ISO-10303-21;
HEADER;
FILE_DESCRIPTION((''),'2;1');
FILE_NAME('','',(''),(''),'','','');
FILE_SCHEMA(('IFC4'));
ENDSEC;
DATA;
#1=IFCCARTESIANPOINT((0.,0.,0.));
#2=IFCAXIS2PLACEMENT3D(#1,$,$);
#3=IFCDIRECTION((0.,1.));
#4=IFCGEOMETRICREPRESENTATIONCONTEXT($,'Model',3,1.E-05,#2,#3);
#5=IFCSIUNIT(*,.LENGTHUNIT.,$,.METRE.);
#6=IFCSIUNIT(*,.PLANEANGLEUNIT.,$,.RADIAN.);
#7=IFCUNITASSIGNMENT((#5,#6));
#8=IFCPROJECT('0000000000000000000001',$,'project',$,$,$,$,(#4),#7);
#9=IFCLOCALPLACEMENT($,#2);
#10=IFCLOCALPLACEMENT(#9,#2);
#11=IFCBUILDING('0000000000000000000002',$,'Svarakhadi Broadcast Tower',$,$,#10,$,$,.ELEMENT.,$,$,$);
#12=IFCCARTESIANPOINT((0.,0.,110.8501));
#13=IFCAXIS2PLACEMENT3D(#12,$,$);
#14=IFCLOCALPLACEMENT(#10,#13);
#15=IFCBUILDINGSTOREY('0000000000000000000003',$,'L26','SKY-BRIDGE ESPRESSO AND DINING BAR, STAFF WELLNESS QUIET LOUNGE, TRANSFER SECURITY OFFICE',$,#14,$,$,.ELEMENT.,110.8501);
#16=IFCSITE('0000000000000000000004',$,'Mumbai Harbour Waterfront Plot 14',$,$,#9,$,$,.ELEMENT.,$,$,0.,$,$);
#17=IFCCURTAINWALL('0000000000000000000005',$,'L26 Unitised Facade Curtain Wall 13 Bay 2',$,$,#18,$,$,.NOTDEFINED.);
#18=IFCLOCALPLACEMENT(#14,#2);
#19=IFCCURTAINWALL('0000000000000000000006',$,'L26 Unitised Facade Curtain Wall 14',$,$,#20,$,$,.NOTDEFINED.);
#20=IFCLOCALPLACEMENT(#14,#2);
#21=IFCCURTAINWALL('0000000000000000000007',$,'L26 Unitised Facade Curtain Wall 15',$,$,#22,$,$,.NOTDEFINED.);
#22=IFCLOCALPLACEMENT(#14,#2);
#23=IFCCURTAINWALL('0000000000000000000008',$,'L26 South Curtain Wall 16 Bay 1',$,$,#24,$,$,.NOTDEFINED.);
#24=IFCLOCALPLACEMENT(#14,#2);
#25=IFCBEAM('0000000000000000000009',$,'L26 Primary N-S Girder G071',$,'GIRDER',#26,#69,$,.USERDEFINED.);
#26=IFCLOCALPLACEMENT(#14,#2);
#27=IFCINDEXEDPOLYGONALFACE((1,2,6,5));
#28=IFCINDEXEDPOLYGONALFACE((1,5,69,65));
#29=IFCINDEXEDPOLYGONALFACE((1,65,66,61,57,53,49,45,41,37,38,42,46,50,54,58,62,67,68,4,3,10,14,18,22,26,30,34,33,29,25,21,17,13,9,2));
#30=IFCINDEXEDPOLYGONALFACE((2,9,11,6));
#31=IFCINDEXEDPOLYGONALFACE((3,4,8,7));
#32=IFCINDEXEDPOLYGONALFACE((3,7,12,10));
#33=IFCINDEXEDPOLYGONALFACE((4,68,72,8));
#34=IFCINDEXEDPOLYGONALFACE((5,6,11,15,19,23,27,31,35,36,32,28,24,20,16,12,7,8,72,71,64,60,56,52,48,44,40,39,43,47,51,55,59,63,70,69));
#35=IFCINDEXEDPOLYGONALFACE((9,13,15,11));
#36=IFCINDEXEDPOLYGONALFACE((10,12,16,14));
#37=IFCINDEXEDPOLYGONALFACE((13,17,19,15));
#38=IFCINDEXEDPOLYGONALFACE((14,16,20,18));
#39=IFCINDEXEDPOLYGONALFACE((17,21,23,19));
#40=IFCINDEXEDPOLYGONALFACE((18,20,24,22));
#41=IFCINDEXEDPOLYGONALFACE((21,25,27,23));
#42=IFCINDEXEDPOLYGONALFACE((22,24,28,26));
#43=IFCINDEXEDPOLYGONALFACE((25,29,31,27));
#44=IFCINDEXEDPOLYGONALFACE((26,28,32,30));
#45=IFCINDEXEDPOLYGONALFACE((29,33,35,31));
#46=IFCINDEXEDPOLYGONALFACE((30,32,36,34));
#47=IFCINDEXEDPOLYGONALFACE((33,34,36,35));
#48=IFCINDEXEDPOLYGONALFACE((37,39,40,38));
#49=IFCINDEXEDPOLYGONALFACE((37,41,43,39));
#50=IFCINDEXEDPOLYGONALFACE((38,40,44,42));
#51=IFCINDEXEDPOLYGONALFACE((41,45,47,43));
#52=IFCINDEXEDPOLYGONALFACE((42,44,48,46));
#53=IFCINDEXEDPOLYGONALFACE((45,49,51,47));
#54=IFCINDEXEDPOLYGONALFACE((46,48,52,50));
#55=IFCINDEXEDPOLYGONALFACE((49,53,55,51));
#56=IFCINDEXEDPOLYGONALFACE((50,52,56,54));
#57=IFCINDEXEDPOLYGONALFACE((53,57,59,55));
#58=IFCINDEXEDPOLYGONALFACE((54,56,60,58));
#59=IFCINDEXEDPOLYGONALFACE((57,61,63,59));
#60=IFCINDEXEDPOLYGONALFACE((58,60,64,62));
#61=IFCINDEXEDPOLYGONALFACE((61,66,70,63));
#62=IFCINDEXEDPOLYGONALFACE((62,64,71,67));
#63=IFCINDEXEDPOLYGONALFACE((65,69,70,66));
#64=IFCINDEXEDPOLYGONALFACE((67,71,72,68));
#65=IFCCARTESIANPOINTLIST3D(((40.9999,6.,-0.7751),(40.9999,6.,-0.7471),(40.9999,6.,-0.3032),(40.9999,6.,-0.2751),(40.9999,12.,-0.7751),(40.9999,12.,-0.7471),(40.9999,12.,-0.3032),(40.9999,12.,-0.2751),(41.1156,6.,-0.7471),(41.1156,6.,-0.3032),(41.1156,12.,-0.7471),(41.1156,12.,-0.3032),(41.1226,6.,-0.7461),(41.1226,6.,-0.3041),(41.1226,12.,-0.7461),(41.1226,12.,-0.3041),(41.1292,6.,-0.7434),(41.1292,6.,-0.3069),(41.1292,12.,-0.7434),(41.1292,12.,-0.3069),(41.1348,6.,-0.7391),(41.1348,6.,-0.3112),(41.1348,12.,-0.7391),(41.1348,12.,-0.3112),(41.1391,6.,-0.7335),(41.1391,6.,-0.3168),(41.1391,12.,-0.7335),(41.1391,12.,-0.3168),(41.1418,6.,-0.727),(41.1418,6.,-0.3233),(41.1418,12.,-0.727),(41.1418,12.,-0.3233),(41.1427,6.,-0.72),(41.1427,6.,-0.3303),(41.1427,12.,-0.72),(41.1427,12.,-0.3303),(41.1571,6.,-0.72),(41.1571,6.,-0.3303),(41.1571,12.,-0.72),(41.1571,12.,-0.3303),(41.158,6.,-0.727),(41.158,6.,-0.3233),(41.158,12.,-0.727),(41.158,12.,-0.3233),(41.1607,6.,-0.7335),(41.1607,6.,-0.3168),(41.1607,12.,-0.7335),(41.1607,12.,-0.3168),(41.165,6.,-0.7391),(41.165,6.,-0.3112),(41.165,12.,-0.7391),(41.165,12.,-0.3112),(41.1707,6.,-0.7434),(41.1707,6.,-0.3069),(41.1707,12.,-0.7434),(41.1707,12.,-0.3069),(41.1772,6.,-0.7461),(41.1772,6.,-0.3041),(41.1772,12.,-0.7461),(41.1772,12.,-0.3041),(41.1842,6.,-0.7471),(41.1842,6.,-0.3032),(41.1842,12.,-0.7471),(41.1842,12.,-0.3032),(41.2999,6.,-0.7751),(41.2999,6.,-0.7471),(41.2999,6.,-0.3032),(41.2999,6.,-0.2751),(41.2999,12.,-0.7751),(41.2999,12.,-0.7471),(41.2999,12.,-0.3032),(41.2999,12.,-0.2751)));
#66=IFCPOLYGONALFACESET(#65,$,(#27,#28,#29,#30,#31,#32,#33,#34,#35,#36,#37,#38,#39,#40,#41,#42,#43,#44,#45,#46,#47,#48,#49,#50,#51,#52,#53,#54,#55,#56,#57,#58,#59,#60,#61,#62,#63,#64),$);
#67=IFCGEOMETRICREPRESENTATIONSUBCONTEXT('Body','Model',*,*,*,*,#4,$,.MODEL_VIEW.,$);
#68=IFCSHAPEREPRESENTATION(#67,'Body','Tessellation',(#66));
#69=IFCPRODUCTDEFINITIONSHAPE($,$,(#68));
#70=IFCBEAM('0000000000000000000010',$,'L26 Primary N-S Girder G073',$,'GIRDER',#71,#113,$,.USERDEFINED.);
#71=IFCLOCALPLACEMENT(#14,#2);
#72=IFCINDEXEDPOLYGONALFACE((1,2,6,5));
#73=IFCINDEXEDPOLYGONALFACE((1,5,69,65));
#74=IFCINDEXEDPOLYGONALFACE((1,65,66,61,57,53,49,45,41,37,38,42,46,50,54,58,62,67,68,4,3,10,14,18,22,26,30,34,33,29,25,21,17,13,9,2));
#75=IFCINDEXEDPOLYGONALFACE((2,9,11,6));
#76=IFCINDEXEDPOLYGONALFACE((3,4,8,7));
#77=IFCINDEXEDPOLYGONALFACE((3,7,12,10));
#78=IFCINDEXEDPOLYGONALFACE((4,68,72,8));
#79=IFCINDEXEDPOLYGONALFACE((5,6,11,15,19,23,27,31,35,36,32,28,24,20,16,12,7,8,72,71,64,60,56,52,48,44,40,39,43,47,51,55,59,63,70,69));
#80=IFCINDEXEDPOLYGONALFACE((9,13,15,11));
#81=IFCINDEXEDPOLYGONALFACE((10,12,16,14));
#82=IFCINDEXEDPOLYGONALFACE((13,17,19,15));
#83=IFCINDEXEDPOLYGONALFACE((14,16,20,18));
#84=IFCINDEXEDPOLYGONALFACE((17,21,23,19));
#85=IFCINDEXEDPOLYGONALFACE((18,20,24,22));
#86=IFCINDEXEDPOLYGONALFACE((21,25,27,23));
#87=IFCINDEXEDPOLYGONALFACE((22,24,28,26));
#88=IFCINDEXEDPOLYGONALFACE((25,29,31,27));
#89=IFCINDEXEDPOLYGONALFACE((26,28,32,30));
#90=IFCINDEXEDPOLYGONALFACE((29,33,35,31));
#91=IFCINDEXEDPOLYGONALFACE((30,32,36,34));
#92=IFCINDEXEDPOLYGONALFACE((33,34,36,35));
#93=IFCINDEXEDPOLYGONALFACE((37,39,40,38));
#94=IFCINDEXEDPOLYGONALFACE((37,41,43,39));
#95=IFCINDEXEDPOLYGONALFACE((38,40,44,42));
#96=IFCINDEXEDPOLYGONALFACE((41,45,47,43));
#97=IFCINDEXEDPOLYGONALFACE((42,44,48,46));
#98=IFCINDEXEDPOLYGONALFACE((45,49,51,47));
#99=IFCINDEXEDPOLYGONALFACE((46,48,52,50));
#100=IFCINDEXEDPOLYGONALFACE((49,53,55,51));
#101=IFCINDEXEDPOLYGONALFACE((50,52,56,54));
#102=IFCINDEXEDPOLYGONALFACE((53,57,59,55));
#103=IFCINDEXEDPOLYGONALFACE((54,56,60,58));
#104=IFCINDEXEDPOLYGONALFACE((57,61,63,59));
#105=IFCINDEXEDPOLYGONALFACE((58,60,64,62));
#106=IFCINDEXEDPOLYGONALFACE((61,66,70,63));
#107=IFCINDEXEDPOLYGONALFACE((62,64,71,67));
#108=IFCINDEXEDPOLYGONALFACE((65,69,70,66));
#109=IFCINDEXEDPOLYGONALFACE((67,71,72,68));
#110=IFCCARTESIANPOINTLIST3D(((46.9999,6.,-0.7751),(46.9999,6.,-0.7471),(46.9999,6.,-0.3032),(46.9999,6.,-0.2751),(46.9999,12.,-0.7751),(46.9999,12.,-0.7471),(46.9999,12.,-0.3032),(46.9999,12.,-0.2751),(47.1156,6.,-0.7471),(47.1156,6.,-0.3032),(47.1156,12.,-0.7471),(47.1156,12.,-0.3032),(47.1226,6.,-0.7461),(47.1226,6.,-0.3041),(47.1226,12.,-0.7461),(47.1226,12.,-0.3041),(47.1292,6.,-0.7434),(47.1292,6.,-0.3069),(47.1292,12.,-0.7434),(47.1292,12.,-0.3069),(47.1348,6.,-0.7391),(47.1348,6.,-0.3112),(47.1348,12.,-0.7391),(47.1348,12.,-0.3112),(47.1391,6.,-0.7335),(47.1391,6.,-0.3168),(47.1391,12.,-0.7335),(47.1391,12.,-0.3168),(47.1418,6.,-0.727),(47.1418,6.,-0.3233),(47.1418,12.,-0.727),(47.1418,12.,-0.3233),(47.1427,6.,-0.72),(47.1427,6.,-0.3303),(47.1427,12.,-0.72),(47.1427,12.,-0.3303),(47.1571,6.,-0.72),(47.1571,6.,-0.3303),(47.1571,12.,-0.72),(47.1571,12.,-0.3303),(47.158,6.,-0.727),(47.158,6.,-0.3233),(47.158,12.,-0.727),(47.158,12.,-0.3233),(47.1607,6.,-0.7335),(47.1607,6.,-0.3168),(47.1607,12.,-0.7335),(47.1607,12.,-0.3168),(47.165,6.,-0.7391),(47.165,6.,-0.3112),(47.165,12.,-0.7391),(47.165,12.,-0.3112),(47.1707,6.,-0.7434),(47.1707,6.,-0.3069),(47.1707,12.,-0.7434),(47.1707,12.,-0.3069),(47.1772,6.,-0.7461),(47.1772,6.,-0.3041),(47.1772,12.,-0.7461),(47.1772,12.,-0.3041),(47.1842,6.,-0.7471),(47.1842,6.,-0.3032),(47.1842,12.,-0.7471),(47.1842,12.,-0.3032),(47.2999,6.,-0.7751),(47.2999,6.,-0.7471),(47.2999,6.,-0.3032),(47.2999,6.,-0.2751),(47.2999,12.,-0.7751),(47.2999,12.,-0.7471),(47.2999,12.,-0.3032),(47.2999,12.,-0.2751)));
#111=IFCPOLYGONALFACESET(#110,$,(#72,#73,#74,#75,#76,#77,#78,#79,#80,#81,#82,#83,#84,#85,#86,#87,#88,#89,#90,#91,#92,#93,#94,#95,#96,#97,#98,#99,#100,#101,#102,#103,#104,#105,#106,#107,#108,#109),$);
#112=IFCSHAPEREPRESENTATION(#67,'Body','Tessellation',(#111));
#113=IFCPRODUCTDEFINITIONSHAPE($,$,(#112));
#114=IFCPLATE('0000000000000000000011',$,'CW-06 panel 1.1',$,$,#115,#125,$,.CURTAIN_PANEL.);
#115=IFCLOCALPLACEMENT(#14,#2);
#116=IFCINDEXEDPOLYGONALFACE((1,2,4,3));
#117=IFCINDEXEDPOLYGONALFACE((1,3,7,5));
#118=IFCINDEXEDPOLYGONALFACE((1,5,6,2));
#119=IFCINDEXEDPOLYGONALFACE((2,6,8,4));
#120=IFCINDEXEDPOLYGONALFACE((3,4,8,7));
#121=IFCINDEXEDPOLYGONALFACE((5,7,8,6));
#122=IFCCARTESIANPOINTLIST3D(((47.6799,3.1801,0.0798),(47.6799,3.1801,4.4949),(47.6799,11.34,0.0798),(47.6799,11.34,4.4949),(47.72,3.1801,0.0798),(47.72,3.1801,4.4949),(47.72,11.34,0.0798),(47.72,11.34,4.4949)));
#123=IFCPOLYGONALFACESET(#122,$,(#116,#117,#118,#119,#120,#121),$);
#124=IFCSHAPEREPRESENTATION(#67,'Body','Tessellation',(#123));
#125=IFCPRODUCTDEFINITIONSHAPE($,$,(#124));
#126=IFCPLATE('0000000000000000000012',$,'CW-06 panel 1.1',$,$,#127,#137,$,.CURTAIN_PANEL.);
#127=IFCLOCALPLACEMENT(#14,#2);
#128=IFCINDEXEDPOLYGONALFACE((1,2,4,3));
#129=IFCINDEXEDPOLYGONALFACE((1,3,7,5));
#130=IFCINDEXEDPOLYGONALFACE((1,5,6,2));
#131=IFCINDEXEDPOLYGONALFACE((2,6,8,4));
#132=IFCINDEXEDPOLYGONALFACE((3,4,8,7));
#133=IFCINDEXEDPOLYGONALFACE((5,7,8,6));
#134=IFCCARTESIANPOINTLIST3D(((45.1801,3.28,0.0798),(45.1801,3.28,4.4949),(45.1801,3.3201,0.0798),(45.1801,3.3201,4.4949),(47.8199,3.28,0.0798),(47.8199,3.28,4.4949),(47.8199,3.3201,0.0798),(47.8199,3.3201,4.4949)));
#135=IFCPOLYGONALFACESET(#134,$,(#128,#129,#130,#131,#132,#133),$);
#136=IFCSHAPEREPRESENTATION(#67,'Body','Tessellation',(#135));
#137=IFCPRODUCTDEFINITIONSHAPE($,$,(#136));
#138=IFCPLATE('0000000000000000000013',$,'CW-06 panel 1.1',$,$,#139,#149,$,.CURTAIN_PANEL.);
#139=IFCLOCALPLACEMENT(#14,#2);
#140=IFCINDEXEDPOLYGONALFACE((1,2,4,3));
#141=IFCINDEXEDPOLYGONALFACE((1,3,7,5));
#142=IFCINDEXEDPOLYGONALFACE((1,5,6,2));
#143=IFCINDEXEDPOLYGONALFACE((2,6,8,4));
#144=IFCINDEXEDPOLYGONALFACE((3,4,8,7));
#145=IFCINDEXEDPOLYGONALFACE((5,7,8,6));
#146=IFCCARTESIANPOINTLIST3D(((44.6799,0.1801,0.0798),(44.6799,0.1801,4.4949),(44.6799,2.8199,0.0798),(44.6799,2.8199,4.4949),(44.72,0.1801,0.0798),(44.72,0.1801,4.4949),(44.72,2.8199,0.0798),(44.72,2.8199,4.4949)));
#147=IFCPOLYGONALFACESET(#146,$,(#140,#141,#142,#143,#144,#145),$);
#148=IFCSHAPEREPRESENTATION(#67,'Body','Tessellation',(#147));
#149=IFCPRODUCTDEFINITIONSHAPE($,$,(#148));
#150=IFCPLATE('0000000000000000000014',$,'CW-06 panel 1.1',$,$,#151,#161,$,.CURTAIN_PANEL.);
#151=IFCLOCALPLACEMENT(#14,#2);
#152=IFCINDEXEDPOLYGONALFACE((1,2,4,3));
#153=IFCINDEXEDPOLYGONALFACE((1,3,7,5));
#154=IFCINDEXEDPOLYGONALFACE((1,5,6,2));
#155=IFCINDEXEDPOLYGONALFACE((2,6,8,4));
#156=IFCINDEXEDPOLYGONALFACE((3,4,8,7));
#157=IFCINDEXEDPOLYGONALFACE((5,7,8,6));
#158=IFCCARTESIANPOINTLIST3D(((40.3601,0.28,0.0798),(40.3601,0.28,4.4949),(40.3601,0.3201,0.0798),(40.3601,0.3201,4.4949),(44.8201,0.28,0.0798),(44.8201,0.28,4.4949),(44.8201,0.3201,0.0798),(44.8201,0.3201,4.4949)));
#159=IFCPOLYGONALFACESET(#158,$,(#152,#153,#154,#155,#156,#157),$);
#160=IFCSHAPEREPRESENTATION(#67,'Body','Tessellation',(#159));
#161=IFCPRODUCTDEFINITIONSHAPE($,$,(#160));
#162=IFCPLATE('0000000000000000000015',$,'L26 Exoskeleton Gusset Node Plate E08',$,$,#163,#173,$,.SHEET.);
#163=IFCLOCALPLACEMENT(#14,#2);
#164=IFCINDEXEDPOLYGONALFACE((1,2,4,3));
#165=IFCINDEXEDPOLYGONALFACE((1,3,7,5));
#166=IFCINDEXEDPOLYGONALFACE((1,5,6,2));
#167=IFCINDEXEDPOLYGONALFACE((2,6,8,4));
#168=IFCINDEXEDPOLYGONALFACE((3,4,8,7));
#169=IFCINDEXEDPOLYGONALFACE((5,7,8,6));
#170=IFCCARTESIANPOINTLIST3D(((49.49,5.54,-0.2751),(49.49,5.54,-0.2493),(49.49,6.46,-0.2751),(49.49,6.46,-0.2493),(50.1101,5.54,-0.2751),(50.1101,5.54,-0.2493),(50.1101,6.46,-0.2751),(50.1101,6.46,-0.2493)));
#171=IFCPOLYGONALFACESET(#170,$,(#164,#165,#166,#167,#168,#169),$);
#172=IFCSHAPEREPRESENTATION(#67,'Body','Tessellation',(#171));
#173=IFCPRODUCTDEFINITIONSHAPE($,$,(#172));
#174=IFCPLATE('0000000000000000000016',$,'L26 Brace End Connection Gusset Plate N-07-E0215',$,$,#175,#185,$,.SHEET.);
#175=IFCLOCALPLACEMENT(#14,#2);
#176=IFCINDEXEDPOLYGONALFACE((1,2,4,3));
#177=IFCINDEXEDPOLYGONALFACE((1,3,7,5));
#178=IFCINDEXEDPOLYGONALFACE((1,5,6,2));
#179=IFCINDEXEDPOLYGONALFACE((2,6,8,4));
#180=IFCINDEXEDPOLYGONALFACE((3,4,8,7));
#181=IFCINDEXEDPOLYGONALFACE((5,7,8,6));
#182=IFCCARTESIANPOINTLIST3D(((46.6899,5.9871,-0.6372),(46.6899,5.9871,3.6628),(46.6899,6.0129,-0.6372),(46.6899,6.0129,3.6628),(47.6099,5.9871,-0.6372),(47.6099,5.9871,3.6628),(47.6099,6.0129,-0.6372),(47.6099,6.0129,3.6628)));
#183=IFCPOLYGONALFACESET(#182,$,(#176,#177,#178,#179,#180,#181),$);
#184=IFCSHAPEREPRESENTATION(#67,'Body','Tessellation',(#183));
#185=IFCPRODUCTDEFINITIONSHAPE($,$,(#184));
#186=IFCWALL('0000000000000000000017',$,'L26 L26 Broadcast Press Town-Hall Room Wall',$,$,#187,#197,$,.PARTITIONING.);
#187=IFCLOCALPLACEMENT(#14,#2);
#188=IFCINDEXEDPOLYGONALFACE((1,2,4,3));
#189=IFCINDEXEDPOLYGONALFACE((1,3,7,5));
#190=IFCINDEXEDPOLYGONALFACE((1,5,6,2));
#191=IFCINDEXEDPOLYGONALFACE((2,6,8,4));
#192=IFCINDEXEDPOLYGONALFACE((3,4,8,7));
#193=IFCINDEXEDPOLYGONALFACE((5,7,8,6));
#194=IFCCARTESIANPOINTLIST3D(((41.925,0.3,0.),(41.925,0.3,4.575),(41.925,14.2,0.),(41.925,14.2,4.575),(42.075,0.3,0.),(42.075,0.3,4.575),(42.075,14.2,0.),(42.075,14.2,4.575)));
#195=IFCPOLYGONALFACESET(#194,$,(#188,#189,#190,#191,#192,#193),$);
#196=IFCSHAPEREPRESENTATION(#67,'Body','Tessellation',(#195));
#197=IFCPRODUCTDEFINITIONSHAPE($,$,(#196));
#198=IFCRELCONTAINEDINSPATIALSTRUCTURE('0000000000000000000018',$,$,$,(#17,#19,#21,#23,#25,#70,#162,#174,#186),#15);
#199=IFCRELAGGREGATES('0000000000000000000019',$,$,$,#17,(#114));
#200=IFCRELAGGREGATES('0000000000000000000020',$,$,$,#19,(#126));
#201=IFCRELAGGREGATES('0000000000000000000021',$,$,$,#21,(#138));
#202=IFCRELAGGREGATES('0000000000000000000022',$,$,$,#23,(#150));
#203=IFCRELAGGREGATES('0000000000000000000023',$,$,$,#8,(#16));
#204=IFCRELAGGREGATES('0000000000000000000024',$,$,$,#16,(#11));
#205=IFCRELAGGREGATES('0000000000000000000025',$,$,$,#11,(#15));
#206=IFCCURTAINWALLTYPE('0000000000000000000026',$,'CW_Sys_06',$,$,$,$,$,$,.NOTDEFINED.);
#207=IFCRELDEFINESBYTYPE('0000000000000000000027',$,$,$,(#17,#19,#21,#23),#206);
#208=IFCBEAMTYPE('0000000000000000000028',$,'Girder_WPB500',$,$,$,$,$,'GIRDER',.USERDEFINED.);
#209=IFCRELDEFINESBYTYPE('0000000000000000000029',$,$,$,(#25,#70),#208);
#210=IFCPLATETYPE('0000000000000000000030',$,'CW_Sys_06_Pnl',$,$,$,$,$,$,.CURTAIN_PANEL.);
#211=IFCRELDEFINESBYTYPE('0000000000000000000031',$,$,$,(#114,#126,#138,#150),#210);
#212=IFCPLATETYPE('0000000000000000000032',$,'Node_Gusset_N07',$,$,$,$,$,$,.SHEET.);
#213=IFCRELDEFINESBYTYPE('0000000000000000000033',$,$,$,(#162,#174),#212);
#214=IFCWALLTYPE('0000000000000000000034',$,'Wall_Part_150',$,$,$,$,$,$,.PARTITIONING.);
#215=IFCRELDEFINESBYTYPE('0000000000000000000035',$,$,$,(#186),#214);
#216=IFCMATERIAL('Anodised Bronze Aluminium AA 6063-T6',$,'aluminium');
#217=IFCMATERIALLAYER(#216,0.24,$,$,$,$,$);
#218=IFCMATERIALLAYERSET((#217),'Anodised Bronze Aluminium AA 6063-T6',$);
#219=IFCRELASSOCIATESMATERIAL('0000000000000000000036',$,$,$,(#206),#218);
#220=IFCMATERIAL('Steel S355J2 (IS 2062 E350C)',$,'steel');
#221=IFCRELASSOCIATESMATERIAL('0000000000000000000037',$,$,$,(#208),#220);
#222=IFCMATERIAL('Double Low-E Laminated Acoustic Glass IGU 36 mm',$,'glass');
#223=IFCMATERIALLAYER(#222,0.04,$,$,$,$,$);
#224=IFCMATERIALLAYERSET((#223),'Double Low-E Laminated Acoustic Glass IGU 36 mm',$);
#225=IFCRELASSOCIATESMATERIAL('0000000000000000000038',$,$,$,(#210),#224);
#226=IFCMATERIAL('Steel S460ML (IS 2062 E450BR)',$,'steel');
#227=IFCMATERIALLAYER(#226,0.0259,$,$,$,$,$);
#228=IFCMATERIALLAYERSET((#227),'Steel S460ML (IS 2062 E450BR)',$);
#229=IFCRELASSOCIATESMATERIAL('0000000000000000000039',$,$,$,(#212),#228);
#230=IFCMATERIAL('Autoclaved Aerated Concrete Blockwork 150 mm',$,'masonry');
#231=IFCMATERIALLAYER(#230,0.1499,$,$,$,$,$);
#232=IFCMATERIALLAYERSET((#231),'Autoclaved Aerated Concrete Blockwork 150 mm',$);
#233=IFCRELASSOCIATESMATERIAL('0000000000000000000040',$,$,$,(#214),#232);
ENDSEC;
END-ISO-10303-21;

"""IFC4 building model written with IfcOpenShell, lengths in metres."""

from ifc_helpers import new_model, si_unit, direction, frame, frame_2d, origin, origin_2d, place, context, subcontext, project, spatial, rectangle, i_section, extrude, material, layer, layer_set, material_profile, profile_set, type_object, element, aggregate, save


model = new_model("IFC4")

# Units and contexts
model_context = context("Model", 3, precision=1e-05, world=origin(), true_north=direction((0.0, 1.0)))
body_context = subcontext(model_context, "Body", "Model", "MODEL_VIEW")
ifc_project = project(units=[si_unit("LENGTHUNIT", "METRE"), si_unit("PLANEANGLEUNIT", "RADIAN")], contexts=[model_context])

# Site, building, storey
site_placement = place(None, origin())
site = spatial("IfcSite", under=ifc_project, at=site_placement, Name="Mumbai Harbour Waterfront Plot 14", CompositionType="ELEMENT", RefElevation=0.0)
building_placement = place(site_placement, origin())
building = spatial("IfcBuilding", under=site, at=building_placement, Name="Svarakhadi Broadcast Tower", CompositionType="ELEMENT")
storey_placement = place(building_placement, frame((0.0, 0.0, 110.8501)))
storey = spatial("IfcBuildingStorey", under=building, at=storey_placement, Name="L26", Description="SKY-BRIDGE ESPRESSO AND DINING BAR, STAFF WELLNESS QUIET LOUNGE, TRANSFER SECURITY OFFICE", CompositionType="ELEMENT", Elevation=110.8501)

# Shared definitions
ifc_material_1 = material(Name="Steel S460ML (IS 2062 E450BR)", Category="steel")

# Shared definitions
ifc_material_2 = material(Name="Steel S355J2 (IS 2062 E350C)", Category="steel")

# Curtain walls
ifc_material_3 = material(Name="Anodised Bronze Aluminium AA 6063-T6", Category="aluminium")
ifc_layer_1 = layer(ifc_material_3, 0.24)
ifc_layer_set_1 = layer_set([ifc_layer_1], Name="Anodised Bronze Aluminium AA 6063-T6")
curtain_wall_type = type_object("IfcCurtainWallType", Name="CW_Sys_06", PredefinedType="NOTDEFINED", material=ifc_layer_set_1)
curtain_wall_1_placement = place(storey_placement, origin())
curtain_wall_1 = element("IfcCurtainWall", 1, at=curtain_wall_1_placement, inside=storey, type_object=curtain_wall_type, Name="L26 Unitised Facade Curtain Wall 13 Bay 2", PredefinedType="NOTDEFINED")
curtain_wall_2_placement = place(storey_placement, origin())
curtain_wall_2 = element("IfcCurtainWall", 2, at=curtain_wall_2_placement, inside=storey, type_object=curtain_wall_type, Name="L26 Unitised Facade Curtain Wall 14", PredefinedType="NOTDEFINED")
curtain_wall_3_placement = place(storey_placement, origin())
curtain_wall_3 = element("IfcCurtainWall", 3, at=curtain_wall_3_placement, inside=storey, type_object=curtain_wall_type, Name="L26 Unitised Facade Curtain Wall 15", PredefinedType="NOTDEFINED")

# Curtain wall
curtain_wall_4_placement = place(storey_placement, origin())
curtain_wall_4 = element("IfcCurtainWall", 4, at=curtain_wall_4_placement, inside=storey, type_object=curtain_wall_type, Name="L26 South Curtain Wall 16 Bay 1", PredefinedType="NOTDEFINED")

# Beams
ifc_material_profile_1 = material_profile(ifc_material_2, i_section(OverallWidth=0.3, OverallDepth=0.5, WebThickness=0.0144, FlangeThickness=0.0281, FilletRadius=0.0271, at=origin_2d()), Name="WPB 500x300x187")
ifc_profile_set_1 = profile_set([ifc_material_profile_1], Name="Steel S355J2 (IS 2062 E350C)")
beam_type_1 = type_object("IfcBeamType", Name="Girder_WPB500", ElementType="GIRDER", PredefinedType="USERDEFINED", material=ifc_profile_set_1)
for number, where, z_axis, x_axis, name in (
    (5, (41.1499, 6.0, -0.5251), (0.0, 1.0, 0.0), (-1.0, 0.0, 0.0), "L26 Primary N-S Girder G071"),
    (6, (47.1499, 6.0, -0.5251), (0.0, 1.0, 0.0), (-1.0, 0.0, 0.0), "L26 Primary N-S Girder G073"),
):
    element("IfcBeam", number, at=place(storey_placement, frame(where, z_axis=z_axis, x_axis=x_axis)), inside=storey, type_object=beam_type_1, Name=name, ObjectType="GIRDER", PredefinedType="USERDEFINED", context=body_context, shape_type="SweptSolid", body=[
        extrude(i_section(OverallWidth=0.3, OverallDepth=0.5, WebThickness=0.0144, FlangeThickness=0.0281, FilletRadius=0.0271, at=origin_2d()), origin(), (0.0, 0.0, 1.0), 6.0),
    ])

# Plates
ifc_material_4 = material(Name="Double Low-E Laminated Acoustic Glass IGU 36 mm", Category="glass")
ifc_layer_2 = layer(ifc_material_4, 0.04)
ifc_layer_set_2 = layer_set([ifc_layer_2], Name="Double Low-E Laminated Acoustic Glass IGU 36 mm")
plate_type_1 = type_object("IfcPlateType", Name="CW_Sys_06_Pnl", PredefinedType="CURTAIN_PANEL", material=ifc_layer_set_2)
plate_1_placement = place(storey_placement, frame((47.7, 7.26, 0.0798), z_axis=(0.0, 0.0, 1.0), x_axis=(0.0, -1.0, 0.0)))
plate_1 = element("IfcPlate", 7, at=plate_1_placement, type_object=plate_type_1, Name="CW-06 panel 1.1", PredefinedType="CURTAIN_PANEL", context=body_context, shape_type="SweptSolid", body=[
    extrude(rectangle(XDim=8.1599, YDim=0.04, at=origin_2d()), origin(), (0.0, 0.0, 1.0), 4.415),
])
aggregate(curtain_wall_1, [plate_1])
plate_2_placement = place(storey_placement, frame((46.5, 3.3, 0.0798), z_axis=(0.0, 0.0, 1.0), x_axis=(-1.0, 0.0, 0.0)))
plate_2 = element("IfcPlate", 8, at=plate_2_placement, type_object=plate_type_1, Name="CW-06 panel 1.1", PredefinedType="CURTAIN_PANEL", context=body_context, shape_type="SweptSolid", body=[
    extrude(rectangle(XDim=2.6399, YDim=0.04, at=origin_2d()), origin(), (0.0, 0.0, 1.0), 4.415),
])
aggregate(curtain_wall_2, [plate_2])
plate_3_placement = place(storey_placement, frame((44.7, 1.5, 0.0798), z_axis=(0.0, 0.0, 1.0), x_axis=(0.0, -1.0, 0.0)))
plate_3 = element("IfcPlate", 9, at=plate_3_placement, type_object=plate_type_1, Name="CW-06 panel 1.1", PredefinedType="CURTAIN_PANEL", context=body_context, shape_type="SweptSolid", body=[
    extrude(rectangle(XDim=2.6399, YDim=0.04, at=origin_2d()), origin(), (0.0, 0.0, 1.0), 4.415),
])
aggregate(curtain_wall_3, [plate_3])
plate_4_placement = place(storey_placement, frame((42.5901, 0.3, 0.0798), z_axis=(0.0, 0.0, 1.0), x_axis=(-1.0, 0.0, 0.0)))
plate_4 = element("IfcPlate", 10, at=plate_4_placement, type_object=plate_type_1, Name="CW-06 panel 1.1", PredefinedType="CURTAIN_PANEL", context=body_context, shape_type="SweptSolid", body=[
    extrude(rectangle(XDim=4.46, YDim=0.04, at=origin_2d()), origin(), (0.0, 0.0, 1.0), 4.415),
])
aggregate(curtain_wall_4, [plate_4])

# Plates
ifc_layer_3 = layer(ifc_material_1, 0.0259)
ifc_layer_set_3 = layer_set([ifc_layer_3], Name="Steel S460ML (IS 2062 E450BR)")
plate_type_2 = type_object("IfcPlateType", Name="Node_Gusset_N07", PredefinedType="SHEET", material=ifc_layer_set_3)
plate_5_placement = place(storey_placement, frame((49.8, 6.0, -0.2751), z_axis=(0.0, 0.0, 1.0), x_axis=(0.0, 1.0, 0.0)))
element("IfcPlate", 11, at=plate_5_placement, inside=storey, type_object=plate_type_2, Name="L26 Exoskeleton Gusset Node Plate E08", PredefinedType="SHEET", context=body_context, shape_type="SweptSolid", body=[
    extrude(rectangle(XDim=0.9199, YDim=0.6201, at=origin_2d()), origin(), (0.0, 0.0, 1.0), 0.0259),
])
plate_6_placement = place(storey_placement, frame((47.1499, 6.0, -0.6372), z_axis=(0.0, 0.0, 1.0), x_axis=(1.0, 0.0, 0.0)))
element("IfcPlate", 12, at=plate_6_placement, inside=storey, type_object=plate_type_2, Name="L26 Brace End Connection Gusset Plate N-07-E0215", PredefinedType="SHEET", context=body_context, shape_type="SweptSolid", body=[
    extrude(rectangle(XDim=0.9199, YDim=0.0259, at=origin_2d()), origin(), (0.0, 0.0, 1.0), 4.3),
])

# Wall
ifc_material_5 = material(Name="Autoclaved Aerated Concrete Blockwork 150 mm", Category="masonry")
ifc_layer_4 = layer(ifc_material_5, 0.1499)
ifc_layer_set_4 = layer_set([ifc_layer_4], Name="Autoclaved Aerated Concrete Blockwork 150 mm")
wall_type = type_object("IfcWallType", Name="Wall_Part_150", PredefinedType="PARTITIONING", material=ifc_layer_set_4)
wall_1_placement = place(storey_placement, frame((42.0, 0.3, 0.0), z_axis=(0.0, 0.0, 1.0), x_axis=(0.0, 1.0, 0.0)))
element("IfcWall", 13, at=wall_1_placement, inside=storey, type_object=wall_type, Name="L26 L26 Broadcast Press Town-Hall Room Wall", PredefinedType="PARTITIONING", context=body_context, shape_type="SweptSolid", body=[
    extrude(rectangle(XDim=13.8999, YDim=0.1499, at=frame_2d((6.95, 0.0))), origin(), (0.0, 0.0, 1.0), 4.575),
])

save(model, "model.ifc")
